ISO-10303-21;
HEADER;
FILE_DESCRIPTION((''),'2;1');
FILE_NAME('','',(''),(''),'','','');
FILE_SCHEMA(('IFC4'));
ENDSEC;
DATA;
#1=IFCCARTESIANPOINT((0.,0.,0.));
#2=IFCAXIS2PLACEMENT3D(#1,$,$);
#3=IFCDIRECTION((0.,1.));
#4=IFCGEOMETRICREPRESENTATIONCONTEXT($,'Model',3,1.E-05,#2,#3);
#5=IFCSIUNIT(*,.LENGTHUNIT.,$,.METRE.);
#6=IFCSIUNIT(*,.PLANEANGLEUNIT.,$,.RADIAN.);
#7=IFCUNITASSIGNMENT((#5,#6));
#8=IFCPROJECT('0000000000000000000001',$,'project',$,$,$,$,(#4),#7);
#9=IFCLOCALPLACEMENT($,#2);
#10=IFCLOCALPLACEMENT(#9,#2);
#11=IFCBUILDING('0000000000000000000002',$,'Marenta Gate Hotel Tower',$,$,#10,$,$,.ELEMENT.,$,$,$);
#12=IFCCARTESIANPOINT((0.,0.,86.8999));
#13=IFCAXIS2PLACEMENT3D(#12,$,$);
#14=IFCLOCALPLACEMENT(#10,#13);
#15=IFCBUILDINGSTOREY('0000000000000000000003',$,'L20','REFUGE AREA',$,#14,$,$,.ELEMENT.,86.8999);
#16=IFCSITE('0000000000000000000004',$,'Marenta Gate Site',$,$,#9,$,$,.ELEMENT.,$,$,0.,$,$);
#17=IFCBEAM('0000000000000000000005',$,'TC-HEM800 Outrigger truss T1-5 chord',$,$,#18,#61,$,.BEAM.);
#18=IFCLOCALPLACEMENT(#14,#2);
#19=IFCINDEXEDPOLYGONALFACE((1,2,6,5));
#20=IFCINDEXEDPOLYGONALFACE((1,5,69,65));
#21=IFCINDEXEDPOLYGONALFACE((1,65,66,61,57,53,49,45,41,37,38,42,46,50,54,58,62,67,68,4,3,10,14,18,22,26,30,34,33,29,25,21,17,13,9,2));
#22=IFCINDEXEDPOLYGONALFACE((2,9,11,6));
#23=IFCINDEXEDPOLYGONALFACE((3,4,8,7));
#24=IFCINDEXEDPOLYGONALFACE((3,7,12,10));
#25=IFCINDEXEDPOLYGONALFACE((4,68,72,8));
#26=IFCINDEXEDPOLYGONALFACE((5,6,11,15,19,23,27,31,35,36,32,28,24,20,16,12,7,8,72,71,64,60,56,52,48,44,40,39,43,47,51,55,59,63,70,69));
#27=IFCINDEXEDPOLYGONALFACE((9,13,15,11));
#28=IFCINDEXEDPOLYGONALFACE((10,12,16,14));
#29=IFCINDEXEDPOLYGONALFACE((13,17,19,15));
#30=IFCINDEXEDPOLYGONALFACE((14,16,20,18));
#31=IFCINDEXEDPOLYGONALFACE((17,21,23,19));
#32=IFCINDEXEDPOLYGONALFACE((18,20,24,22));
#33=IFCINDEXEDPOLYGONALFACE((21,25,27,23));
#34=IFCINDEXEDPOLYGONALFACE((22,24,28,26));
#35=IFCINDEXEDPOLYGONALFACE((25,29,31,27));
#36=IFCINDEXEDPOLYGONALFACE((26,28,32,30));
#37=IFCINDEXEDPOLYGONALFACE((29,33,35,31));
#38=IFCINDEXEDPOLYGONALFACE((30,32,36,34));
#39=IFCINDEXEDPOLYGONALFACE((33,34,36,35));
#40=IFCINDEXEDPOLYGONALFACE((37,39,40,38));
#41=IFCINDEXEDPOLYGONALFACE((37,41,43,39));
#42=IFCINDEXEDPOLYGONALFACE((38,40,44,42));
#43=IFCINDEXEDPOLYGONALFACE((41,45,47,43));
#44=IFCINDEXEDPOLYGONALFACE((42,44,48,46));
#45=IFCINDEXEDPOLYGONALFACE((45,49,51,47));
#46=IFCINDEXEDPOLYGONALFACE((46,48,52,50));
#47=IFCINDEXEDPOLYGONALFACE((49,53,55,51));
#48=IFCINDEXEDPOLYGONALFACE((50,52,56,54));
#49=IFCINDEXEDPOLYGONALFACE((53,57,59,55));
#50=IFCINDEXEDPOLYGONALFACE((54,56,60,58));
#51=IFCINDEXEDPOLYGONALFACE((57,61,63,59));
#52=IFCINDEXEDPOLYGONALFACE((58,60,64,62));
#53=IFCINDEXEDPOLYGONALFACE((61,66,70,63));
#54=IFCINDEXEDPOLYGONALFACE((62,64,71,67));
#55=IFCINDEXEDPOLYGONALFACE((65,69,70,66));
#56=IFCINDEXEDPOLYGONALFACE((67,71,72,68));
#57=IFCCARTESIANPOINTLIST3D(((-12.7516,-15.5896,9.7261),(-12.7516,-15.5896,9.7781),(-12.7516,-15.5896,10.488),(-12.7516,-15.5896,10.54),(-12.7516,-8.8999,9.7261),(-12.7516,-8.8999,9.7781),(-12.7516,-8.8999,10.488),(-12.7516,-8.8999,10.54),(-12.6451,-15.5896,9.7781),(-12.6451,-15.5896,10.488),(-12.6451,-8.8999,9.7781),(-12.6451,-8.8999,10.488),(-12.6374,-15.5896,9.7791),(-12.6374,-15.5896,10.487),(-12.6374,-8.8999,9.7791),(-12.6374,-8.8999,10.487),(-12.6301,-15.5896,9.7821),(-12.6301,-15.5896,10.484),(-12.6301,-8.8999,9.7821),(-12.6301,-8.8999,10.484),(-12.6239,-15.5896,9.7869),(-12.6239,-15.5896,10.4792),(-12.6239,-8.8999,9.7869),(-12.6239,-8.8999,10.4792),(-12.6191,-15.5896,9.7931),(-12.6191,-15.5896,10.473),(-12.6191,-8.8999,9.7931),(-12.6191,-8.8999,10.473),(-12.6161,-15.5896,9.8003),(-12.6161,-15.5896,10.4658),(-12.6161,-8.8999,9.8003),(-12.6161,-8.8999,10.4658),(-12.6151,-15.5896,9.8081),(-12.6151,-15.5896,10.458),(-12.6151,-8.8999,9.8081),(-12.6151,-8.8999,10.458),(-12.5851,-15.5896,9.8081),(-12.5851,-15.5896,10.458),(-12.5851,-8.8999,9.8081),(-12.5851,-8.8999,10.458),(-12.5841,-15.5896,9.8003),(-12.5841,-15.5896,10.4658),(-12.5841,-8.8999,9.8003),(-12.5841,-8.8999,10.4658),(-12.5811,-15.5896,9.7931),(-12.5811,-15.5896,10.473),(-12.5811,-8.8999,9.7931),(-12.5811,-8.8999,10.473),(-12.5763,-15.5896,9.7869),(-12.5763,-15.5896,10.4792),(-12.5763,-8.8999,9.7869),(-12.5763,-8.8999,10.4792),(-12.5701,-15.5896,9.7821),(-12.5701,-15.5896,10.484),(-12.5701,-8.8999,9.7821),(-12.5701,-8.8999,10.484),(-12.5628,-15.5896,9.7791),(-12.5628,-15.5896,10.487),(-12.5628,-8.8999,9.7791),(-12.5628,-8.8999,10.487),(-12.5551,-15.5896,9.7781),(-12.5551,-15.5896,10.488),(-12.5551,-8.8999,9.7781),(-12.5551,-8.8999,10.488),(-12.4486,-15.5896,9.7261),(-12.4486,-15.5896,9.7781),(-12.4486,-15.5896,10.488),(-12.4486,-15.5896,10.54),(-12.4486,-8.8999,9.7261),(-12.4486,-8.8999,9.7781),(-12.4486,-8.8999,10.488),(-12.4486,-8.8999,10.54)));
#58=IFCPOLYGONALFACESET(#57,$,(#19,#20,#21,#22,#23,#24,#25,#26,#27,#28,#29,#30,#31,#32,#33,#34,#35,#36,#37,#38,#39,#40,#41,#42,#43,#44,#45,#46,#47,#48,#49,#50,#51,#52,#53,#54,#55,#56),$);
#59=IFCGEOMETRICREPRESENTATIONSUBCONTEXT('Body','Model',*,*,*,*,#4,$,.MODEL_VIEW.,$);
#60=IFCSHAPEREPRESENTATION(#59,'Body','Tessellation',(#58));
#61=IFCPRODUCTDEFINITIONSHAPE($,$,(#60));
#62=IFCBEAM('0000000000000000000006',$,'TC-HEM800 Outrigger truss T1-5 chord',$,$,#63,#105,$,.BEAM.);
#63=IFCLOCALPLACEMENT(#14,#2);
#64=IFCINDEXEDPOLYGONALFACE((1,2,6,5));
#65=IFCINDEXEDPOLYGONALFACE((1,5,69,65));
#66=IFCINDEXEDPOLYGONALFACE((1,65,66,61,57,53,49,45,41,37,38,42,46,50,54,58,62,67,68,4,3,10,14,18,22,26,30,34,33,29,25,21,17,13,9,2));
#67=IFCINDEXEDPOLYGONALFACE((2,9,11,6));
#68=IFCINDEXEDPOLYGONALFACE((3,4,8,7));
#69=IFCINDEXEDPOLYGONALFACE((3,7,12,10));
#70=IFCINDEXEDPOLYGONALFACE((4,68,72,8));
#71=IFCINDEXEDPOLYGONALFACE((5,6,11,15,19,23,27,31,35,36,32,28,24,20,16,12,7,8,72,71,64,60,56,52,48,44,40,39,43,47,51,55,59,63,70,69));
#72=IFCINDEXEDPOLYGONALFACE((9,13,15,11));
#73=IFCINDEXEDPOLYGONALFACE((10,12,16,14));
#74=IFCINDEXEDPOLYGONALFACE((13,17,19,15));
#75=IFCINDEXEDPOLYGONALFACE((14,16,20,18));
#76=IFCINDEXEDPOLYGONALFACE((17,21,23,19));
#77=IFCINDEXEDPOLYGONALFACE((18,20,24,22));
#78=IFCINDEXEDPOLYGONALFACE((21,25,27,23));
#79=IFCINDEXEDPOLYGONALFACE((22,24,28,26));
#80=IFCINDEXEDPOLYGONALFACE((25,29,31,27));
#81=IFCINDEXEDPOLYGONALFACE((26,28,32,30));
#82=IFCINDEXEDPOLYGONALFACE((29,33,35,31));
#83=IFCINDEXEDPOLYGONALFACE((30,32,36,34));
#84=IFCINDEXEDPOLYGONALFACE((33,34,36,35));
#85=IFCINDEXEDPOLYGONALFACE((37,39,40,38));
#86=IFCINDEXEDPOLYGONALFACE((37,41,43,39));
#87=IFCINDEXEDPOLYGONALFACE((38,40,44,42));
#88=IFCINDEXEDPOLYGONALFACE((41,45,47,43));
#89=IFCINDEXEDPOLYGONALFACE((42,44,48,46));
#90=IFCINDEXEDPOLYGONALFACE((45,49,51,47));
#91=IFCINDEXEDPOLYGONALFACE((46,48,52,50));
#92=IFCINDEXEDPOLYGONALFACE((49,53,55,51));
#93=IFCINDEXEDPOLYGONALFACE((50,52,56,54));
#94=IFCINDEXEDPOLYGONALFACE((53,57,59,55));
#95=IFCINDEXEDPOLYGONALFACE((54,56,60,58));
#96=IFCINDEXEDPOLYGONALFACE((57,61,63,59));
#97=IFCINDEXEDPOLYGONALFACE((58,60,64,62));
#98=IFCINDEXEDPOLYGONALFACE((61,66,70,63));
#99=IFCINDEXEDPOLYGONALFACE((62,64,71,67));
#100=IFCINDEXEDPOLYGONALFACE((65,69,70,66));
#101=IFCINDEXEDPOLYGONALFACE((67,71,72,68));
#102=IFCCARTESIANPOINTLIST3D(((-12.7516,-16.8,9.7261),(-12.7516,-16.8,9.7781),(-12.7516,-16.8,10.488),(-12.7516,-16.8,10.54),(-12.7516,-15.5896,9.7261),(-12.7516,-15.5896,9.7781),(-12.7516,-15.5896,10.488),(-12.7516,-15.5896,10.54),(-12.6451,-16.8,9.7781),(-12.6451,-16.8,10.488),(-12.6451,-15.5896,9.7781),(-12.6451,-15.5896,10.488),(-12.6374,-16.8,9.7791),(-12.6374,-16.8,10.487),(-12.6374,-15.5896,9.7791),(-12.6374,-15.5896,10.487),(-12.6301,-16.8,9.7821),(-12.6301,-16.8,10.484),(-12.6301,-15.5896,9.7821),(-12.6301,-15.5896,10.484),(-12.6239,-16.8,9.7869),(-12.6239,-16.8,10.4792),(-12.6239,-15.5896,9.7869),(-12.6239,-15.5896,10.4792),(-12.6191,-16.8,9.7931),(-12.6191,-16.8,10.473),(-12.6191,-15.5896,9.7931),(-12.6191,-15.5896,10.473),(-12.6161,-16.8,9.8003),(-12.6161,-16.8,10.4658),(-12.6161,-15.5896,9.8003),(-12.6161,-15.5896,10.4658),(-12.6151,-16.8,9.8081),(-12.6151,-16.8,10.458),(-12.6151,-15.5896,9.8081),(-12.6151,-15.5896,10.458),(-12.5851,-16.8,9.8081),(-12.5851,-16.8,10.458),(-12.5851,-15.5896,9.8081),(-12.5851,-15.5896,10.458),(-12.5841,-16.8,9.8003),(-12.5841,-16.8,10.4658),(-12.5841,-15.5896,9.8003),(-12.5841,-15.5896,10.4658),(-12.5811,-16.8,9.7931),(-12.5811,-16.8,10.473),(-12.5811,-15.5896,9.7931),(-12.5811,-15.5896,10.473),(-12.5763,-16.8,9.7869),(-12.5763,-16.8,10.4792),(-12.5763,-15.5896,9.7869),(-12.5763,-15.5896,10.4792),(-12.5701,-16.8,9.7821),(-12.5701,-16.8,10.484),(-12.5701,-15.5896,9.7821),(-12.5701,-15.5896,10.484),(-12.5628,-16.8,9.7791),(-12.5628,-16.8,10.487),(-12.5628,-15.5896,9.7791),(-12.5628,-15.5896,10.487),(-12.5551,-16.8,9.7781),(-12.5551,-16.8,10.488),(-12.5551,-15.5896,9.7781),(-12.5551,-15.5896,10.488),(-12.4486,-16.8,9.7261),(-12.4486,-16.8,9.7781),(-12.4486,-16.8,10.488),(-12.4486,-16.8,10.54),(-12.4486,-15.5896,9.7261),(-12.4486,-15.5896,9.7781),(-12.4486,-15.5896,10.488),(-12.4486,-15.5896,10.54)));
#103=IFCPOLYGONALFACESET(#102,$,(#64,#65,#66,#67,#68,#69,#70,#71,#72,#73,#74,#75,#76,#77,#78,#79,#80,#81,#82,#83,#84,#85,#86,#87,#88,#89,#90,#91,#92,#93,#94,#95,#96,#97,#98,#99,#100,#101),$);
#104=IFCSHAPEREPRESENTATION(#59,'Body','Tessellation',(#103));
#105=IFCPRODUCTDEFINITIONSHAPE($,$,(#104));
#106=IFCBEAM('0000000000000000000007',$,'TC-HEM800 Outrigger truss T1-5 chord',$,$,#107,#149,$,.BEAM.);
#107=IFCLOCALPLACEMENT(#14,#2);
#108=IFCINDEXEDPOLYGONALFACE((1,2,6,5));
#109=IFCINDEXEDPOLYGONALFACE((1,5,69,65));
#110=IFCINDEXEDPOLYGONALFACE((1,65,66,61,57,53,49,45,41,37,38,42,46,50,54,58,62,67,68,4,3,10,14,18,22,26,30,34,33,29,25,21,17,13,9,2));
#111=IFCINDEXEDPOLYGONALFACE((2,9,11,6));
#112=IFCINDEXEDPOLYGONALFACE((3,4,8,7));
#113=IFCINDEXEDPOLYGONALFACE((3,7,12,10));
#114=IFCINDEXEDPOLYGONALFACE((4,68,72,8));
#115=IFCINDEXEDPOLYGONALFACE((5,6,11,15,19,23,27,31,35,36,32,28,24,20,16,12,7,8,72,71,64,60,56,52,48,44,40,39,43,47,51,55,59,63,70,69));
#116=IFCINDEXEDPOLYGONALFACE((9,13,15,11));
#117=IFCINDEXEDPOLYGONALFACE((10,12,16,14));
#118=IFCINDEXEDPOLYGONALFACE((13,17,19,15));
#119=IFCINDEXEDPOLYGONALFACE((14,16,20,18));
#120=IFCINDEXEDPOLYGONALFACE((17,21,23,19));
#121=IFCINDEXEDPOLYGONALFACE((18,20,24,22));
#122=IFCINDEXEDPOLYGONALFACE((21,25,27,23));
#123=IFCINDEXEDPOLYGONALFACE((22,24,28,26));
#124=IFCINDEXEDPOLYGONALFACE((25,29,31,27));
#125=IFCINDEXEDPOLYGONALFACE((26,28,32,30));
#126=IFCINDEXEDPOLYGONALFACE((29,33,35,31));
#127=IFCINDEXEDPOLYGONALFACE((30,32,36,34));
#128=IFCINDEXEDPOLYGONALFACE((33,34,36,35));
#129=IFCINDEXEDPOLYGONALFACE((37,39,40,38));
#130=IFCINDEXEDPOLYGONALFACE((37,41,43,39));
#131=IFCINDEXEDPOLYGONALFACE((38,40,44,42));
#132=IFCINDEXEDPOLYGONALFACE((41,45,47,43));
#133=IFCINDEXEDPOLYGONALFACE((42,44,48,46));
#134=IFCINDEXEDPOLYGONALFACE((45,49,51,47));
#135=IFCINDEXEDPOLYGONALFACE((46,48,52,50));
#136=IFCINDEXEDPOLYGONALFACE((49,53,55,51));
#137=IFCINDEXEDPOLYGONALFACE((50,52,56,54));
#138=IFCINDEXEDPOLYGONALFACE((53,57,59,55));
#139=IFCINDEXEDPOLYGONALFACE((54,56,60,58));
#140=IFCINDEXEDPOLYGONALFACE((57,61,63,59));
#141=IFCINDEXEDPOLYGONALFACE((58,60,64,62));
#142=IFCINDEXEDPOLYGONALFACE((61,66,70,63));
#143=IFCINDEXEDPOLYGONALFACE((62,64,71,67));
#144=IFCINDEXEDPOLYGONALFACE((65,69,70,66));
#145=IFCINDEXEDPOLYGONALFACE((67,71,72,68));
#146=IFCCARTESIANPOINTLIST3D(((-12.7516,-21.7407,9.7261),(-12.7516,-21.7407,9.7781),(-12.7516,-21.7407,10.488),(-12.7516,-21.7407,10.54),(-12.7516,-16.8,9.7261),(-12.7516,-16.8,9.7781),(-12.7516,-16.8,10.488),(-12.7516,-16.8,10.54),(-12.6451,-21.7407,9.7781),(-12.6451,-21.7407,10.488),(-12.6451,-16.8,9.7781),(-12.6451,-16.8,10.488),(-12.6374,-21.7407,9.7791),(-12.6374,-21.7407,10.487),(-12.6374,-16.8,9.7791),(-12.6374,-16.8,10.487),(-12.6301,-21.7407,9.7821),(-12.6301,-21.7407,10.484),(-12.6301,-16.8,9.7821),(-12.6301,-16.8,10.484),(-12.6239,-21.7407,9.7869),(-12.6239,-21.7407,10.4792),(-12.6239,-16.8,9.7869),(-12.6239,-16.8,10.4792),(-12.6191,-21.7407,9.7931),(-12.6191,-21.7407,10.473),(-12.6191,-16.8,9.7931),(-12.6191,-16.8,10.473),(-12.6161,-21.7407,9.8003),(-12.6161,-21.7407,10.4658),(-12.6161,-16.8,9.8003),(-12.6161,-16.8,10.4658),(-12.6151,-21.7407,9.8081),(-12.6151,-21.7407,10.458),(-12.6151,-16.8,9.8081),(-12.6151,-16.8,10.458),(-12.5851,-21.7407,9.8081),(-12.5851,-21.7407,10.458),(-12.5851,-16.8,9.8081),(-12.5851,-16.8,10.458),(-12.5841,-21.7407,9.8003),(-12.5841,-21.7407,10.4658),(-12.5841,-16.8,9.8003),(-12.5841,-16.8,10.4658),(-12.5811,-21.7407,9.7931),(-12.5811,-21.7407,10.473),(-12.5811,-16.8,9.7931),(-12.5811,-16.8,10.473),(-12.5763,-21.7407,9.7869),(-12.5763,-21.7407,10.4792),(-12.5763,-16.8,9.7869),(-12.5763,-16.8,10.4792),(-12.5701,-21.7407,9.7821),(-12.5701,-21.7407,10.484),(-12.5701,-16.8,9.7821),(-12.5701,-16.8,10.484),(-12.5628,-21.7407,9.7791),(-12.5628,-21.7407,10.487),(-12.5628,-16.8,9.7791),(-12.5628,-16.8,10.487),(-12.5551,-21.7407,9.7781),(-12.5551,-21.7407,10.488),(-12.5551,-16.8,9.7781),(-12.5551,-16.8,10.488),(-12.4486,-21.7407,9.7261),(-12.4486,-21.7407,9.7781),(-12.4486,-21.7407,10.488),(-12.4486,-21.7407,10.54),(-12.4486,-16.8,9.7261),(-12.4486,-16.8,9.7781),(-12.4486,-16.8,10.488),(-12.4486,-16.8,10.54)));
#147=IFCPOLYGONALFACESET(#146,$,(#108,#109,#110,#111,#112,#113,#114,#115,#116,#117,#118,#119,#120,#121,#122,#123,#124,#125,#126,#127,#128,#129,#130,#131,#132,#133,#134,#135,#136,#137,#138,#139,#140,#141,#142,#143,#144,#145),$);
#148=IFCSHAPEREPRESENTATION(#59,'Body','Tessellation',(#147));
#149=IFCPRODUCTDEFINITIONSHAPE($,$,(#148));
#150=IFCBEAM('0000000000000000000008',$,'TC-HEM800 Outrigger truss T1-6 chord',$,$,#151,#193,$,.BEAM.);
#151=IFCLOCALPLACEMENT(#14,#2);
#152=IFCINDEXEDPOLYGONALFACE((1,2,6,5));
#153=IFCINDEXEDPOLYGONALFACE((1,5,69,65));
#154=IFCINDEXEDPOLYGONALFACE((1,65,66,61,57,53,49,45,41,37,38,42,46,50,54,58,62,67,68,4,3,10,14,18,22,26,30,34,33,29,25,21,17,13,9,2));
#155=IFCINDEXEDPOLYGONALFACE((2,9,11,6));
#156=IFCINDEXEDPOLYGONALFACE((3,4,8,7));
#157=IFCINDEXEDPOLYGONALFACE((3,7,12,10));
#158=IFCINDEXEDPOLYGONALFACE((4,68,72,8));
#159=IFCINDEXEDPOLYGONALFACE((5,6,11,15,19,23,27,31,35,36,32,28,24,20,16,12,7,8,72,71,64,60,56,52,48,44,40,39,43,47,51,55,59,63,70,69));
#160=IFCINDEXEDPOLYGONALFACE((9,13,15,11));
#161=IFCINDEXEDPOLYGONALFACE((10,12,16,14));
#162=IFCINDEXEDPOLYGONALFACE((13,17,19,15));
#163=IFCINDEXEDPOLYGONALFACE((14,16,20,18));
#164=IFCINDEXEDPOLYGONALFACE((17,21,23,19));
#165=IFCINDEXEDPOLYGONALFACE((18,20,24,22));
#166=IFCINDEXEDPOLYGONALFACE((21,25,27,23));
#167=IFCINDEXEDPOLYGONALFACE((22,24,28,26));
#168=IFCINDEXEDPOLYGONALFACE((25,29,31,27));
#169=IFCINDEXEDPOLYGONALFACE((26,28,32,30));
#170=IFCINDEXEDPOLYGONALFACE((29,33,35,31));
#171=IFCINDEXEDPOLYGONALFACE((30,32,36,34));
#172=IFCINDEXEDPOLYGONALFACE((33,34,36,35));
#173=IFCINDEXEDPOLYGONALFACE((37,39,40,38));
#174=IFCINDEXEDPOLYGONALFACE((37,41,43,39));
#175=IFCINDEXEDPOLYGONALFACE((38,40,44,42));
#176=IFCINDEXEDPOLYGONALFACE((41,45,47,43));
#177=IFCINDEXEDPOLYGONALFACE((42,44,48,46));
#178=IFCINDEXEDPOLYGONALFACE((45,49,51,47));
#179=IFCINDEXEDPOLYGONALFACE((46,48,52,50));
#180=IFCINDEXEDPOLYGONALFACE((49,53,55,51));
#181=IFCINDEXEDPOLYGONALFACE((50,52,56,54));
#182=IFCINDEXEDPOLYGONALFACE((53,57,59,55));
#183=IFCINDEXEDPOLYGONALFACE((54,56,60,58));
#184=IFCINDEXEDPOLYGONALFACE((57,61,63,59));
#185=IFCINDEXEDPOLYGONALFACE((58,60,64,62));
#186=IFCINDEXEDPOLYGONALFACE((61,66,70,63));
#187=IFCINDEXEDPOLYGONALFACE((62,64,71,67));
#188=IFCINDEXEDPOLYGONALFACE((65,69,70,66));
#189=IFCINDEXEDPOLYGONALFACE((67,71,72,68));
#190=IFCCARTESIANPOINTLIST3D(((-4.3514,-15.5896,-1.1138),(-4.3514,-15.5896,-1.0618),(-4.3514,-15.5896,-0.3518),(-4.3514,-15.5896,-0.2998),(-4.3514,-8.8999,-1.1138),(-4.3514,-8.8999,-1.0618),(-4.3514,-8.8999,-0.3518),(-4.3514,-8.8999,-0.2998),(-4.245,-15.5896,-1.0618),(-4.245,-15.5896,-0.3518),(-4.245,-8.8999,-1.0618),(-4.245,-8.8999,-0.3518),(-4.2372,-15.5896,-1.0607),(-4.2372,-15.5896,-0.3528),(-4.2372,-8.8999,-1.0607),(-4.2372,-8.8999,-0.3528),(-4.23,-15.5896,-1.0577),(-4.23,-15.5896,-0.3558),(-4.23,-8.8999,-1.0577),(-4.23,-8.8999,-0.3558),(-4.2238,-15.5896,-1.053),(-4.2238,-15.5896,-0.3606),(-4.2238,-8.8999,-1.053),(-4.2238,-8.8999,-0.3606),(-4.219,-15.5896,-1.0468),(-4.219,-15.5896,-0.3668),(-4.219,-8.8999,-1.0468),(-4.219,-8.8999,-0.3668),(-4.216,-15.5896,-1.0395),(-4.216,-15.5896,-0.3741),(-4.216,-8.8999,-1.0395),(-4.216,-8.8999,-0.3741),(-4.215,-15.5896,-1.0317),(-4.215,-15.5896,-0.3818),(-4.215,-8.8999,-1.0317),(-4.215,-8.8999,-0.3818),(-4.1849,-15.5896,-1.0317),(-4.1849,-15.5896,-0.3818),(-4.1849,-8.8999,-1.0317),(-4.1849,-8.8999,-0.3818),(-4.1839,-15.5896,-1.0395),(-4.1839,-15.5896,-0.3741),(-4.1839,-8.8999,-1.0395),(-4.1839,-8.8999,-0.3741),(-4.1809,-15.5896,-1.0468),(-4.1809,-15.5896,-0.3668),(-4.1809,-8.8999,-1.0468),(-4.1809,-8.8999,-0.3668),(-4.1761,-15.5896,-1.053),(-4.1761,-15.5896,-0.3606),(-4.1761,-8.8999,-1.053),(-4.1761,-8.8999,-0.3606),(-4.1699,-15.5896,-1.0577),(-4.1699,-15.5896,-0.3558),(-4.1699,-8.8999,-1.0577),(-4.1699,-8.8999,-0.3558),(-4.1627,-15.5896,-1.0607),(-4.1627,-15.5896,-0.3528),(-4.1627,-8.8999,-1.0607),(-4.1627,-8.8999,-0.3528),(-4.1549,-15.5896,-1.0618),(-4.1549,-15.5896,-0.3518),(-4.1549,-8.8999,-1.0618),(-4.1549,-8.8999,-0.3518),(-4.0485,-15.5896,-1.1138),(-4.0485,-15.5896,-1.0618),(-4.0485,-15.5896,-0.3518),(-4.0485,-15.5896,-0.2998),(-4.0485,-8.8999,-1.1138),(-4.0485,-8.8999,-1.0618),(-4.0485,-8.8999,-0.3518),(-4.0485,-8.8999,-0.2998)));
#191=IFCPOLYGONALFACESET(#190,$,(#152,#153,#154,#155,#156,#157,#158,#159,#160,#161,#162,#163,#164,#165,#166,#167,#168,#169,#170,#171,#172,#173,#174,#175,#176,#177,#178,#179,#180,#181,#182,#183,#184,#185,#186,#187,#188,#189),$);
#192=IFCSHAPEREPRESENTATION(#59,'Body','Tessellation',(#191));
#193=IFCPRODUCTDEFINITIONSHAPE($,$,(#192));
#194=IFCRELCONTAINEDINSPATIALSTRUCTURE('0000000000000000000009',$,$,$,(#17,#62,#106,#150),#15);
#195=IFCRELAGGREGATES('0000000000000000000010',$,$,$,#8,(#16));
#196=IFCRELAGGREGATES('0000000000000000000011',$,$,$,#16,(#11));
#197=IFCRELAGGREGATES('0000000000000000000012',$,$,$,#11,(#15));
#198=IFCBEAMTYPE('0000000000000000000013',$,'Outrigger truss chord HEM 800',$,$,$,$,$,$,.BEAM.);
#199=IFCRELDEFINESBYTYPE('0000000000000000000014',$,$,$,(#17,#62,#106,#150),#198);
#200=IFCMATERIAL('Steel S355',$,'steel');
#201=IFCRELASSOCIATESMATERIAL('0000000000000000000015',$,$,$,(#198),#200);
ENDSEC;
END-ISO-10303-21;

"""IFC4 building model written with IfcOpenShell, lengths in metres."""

from ifc_helpers import new_model, si_unit, direction, frame, origin, origin_2d, place, context, subcontext, project, spatial, i_section, extrude, material, material_profile, profile_set, type_object, element, save


model = new_model("IFC4")

# Units and contexts
model_context = context("Model", 3, precision=1e-05, world=origin(), true_north=direction((0.0, 1.0)))
body_context = subcontext(model_context, "Body", "Model", "MODEL_VIEW")
ifc_project = project(units=[si_unit("LENGTHUNIT", "METRE"), si_unit("PLANEANGLEUNIT", "RADIAN")], contexts=[model_context])

# Site, building, storey
site_placement = place(None, origin())
site = spatial("IfcSite", under=ifc_project, at=site_placement, Name="Marenta Gate Site", CompositionType="ELEMENT", RefElevation=0.0)
building_placement = place(site_placement, origin())
building = spatial("IfcBuilding", under=site, at=building_placement, Name="Marenta Gate Hotel Tower", CompositionType="ELEMENT")
storey_placement = place(building_placement, frame((0.0, 0.0, 86.8999)))
storey = spatial("IfcBuildingStorey", under=building, at=storey_placement, Name="L20", Description="REFUGE AREA", CompositionType="ELEMENT", Elevation=86.8999)

# Beams
ifc_material_1 = material(Name="Steel S355", Category="steel")
ifc_material_profile_1 = material_profile(ifc_material_1, i_section(OverallWidth=0.303, OverallDepth=0.814, WebThickness=0.03, FlangeThickness=0.052, FilletRadius=0.03, at=origin_2d()), Name="HEM 800")
ifc_profile_set_1 = profile_set([ifc_material_profile_1], Name="Steel S355")
beam_type_1 = type_object("IfcBeamType", Name="Outrigger truss chord HEM 800", PredefinedType="BEAM", material=ifc_profile_set_1)
for number, where, z_axis, x_axis, name in (
    (1, (-12.6001, -8.8999, 10.1331), (0.0, -1.0, 0.0), (1.0, 0.0, 0.0), "TC-HEM800 Outrigger truss T1-5 chord"),
):
    element("IfcBeam", number, at=place(storey_placement, frame(where, z_axis=z_axis, x_axis=x_axis)), inside=storey, type_object=beam_type_1, Name=name, PredefinedType="BEAM", context=body_context, shape_type="SweptSolid", body=[
        extrude(i_section(OverallWidth=0.303, OverallDepth=0.814, WebThickness=0.03, FlangeThickness=0.052, FilletRadius=0.03, at=origin_2d()), origin(), (0.0, 0.0, 1.0), 6.6897),
    ])
beam_1_placement = place(storey_placement, frame((-12.6001, -15.5896, 10.1331), z_axis=(0.0, -1.0, 0.0), x_axis=(1.0, 0.0, 0.0)))
element("IfcBeam", 2, at=beam_1_placement, inside=storey, type_object=beam_type_1, Name="TC-HEM800 Outrigger truss T1-5 chord", PredefinedType="BEAM", context=body_context, shape_type="SweptSolid", body=[
    extrude(i_section(OverallWidth=0.303, OverallDepth=0.814, WebThickness=0.03, FlangeThickness=0.052, FilletRadius=0.03, at=origin_2d()), origin(), (0.0, 0.0, 1.0), 1.2104),
])
beam_2_placement = place(storey_placement, frame((-12.6001, -16.8, 10.1331), z_axis=(0.0, -1.0, 0.0), x_axis=(1.0, 0.0, 0.0)))
element("IfcBeam", 3, at=beam_2_placement, inside=storey, type_object=beam_type_1, Name="TC-HEM800 Outrigger truss T1-5 chord", PredefinedType="BEAM", context=body_context, shape_type="SweptSolid", body=[
    extrude(i_section(OverallWidth=0.303, OverallDepth=0.814, WebThickness=0.03, FlangeThickness=0.052, FilletRadius=0.03, at=origin_2d()), origin(), (0.0, 0.0, 1.0), 4.9407),
])
beam_3_placement = place(storey_placement, frame((-4.2, -8.8999, -0.7068), z_axis=(0.0, -1.0, 0.0), x_axis=(1.0, 0.0, 0.0)))
element("IfcBeam", 4, at=beam_3_placement, inside=storey, type_object=beam_type_1, Name="TC-HEM800 Outrigger truss T1-6 chord", PredefinedType="BEAM", context=body_context, shape_type="SweptSolid", body=[
    extrude(i_section(OverallWidth=0.303, OverallDepth=0.814, WebThickness=0.03, FlangeThickness=0.052, FilletRadius=0.03, at=origin_2d()), origin(), (0.0, 0.0, 1.0), 6.6897),
])

save(model, "model.ifc")
